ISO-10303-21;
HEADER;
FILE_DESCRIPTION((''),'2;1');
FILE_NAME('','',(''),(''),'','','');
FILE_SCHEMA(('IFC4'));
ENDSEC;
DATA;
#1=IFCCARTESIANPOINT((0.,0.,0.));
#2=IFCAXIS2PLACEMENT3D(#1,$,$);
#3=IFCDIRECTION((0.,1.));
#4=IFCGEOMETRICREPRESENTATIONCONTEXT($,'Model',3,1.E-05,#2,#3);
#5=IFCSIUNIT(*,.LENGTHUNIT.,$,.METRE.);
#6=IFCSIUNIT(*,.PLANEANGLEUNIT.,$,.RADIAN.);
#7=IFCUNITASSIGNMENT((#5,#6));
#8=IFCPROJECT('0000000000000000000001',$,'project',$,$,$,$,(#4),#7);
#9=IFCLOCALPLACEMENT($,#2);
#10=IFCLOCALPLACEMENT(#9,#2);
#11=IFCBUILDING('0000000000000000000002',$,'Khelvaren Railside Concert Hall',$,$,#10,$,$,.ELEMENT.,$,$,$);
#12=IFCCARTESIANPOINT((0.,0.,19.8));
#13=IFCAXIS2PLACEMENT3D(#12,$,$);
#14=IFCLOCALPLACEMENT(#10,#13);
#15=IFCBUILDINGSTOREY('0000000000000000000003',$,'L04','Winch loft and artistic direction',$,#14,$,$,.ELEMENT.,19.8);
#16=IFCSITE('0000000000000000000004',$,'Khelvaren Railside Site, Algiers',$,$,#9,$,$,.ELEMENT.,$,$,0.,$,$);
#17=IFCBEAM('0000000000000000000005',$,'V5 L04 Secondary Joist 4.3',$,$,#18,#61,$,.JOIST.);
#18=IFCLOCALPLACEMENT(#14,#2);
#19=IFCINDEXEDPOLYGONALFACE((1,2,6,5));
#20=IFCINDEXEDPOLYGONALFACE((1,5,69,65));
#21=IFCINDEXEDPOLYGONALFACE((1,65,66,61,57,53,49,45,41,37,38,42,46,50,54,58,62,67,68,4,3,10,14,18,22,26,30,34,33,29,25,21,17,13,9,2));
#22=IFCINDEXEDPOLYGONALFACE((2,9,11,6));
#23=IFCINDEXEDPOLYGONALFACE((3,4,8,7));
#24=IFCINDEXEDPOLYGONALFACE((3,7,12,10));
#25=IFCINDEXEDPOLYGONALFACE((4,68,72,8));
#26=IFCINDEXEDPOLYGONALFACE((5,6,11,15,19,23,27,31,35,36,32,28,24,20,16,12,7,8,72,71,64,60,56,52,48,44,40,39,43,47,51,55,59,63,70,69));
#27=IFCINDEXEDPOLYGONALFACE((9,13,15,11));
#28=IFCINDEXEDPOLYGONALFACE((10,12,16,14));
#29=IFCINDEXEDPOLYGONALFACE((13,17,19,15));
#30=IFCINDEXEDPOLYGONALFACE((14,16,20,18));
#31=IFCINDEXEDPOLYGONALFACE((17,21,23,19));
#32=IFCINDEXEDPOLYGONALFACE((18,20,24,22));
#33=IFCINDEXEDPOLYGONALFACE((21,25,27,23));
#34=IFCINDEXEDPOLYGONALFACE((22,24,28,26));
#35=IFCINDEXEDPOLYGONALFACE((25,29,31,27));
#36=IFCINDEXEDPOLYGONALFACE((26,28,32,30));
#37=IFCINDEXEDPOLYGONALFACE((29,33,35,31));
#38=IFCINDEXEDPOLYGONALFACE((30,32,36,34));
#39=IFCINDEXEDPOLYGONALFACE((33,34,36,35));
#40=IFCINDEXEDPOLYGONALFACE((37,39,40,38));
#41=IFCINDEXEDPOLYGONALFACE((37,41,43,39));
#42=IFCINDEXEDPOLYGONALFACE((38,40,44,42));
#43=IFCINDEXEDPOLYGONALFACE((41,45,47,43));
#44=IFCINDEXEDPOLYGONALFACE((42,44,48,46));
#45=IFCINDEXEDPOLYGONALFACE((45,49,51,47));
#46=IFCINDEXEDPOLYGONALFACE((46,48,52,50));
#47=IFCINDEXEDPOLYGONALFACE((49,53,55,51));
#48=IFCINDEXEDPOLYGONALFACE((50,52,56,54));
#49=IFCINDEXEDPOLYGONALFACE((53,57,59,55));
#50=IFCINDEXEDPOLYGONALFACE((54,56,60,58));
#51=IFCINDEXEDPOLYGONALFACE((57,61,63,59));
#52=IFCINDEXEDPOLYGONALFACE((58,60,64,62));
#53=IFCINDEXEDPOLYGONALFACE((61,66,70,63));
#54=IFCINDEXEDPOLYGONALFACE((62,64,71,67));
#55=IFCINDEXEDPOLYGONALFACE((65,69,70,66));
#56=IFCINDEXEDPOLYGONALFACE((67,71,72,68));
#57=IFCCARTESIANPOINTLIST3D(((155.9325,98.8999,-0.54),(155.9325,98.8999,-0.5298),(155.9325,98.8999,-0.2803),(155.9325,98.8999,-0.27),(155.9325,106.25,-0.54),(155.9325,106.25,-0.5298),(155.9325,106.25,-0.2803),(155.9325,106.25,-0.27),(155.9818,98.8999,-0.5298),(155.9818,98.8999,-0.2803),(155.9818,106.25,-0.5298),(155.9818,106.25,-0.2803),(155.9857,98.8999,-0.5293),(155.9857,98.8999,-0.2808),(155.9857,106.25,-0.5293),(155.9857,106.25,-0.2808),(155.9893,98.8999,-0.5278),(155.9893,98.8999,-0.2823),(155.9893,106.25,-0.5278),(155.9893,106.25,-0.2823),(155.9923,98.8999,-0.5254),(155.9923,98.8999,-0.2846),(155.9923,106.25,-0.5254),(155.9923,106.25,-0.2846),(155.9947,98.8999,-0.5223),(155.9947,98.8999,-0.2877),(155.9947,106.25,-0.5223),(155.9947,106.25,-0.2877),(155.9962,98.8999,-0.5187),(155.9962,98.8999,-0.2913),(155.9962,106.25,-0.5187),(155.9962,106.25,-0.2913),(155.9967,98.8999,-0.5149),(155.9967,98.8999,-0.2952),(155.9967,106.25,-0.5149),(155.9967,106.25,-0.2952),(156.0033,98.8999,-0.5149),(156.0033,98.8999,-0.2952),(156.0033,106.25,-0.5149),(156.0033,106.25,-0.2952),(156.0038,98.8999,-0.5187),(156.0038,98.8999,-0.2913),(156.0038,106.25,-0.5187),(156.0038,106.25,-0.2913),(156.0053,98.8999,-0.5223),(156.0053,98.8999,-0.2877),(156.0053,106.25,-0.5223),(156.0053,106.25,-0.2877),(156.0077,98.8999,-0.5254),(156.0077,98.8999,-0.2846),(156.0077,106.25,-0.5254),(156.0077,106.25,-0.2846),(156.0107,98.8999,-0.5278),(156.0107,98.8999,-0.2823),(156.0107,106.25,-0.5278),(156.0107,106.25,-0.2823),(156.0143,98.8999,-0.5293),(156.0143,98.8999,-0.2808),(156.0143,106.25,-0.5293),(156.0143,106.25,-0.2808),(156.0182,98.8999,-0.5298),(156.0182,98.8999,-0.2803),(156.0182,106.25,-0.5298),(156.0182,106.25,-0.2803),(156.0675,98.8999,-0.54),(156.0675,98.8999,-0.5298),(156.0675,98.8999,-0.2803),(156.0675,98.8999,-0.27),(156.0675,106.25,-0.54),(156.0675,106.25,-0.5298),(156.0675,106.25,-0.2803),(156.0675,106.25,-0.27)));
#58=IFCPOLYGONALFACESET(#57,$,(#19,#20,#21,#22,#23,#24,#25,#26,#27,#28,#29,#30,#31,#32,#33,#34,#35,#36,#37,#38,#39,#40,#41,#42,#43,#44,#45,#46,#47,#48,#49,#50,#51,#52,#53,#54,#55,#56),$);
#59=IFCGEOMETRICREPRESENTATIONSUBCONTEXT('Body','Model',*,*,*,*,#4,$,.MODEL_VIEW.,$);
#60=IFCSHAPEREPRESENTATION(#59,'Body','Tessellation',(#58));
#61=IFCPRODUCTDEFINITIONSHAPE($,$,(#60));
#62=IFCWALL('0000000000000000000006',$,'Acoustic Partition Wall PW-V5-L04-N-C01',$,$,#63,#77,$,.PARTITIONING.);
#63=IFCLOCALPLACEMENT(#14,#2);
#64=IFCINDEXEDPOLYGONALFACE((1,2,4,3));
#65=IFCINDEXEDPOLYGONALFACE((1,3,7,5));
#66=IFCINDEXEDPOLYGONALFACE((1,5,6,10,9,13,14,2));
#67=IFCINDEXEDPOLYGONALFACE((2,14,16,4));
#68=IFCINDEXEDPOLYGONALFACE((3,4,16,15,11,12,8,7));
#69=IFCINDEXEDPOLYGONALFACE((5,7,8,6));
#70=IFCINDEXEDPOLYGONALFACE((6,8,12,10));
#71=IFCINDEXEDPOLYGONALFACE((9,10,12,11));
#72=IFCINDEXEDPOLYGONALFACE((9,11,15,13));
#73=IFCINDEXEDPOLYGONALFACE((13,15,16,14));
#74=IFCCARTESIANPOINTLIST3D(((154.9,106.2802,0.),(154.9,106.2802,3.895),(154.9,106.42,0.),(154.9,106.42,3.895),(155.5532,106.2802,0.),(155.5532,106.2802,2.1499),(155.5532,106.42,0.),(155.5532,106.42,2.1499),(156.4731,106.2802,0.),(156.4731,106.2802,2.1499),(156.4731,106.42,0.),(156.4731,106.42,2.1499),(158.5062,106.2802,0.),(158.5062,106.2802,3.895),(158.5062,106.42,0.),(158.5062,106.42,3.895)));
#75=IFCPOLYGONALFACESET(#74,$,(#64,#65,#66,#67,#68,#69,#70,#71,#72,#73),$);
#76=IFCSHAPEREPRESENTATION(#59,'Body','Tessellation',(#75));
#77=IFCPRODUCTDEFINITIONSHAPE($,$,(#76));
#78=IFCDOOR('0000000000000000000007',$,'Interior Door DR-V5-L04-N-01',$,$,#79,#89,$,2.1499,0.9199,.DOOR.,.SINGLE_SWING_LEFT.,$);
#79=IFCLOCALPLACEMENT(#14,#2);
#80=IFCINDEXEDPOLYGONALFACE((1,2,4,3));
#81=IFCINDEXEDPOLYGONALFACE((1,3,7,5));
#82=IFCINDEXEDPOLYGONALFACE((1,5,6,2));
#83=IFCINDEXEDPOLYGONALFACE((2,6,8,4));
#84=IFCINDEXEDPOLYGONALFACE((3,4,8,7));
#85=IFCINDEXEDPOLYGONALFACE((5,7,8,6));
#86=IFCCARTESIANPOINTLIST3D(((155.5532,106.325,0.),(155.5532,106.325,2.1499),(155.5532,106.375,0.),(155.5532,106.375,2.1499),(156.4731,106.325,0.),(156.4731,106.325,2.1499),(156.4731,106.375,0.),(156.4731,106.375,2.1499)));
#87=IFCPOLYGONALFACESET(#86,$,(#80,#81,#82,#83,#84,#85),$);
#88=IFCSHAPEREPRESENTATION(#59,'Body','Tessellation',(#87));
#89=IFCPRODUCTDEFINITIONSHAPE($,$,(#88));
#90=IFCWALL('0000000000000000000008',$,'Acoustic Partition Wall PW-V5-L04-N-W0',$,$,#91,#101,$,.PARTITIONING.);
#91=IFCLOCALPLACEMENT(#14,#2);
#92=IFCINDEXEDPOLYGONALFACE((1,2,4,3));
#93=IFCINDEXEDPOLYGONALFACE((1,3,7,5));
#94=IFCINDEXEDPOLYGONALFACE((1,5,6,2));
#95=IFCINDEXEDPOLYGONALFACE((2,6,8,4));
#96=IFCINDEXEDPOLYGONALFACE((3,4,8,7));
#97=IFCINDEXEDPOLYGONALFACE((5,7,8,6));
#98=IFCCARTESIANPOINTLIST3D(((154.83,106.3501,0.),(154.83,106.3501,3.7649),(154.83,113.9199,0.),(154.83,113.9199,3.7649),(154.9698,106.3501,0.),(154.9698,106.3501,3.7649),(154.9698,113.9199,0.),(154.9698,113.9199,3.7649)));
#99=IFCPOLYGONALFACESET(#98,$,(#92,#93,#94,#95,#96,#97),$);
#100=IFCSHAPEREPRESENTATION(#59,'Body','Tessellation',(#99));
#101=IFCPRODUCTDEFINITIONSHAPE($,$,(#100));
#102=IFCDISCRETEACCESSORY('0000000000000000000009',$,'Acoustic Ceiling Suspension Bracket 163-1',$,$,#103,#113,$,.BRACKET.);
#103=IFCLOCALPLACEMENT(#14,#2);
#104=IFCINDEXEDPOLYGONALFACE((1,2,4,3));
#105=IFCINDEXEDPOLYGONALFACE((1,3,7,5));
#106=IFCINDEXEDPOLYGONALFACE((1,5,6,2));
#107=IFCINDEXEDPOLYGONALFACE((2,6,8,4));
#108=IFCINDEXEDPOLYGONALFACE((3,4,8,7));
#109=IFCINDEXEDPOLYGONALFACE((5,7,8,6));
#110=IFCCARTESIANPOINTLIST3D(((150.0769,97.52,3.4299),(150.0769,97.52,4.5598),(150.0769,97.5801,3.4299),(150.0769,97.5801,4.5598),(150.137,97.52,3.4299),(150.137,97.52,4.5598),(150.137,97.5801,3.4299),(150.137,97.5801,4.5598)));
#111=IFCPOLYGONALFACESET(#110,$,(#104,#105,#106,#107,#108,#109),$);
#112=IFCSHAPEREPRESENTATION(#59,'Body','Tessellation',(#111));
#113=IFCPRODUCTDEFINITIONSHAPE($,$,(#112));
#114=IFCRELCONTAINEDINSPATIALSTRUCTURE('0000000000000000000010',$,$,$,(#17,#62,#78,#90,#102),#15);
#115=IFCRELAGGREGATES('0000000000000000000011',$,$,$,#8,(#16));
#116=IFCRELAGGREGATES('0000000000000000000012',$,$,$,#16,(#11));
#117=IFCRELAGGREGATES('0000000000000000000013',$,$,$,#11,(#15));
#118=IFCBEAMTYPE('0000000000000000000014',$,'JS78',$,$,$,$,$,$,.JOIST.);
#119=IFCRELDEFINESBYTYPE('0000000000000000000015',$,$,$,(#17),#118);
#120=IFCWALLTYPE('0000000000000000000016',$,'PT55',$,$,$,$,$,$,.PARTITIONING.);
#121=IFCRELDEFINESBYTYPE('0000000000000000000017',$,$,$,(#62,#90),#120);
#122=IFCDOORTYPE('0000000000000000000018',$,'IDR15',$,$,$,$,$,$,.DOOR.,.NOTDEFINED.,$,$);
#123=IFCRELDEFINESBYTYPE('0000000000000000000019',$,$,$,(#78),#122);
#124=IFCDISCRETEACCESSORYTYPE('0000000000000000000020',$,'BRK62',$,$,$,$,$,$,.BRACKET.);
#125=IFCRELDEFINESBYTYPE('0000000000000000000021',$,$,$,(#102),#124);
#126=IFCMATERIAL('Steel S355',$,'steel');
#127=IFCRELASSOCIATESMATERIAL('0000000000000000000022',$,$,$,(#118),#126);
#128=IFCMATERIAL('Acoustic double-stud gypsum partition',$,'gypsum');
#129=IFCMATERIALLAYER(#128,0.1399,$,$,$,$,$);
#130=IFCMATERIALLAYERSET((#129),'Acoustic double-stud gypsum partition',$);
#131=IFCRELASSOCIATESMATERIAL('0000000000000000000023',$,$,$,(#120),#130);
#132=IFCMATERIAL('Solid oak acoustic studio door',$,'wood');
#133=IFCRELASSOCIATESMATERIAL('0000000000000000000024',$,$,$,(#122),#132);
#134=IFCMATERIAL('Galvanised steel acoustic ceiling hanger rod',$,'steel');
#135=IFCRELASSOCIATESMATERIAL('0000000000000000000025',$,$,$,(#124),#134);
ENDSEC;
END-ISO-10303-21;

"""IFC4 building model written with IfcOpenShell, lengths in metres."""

from ifc_helpers import new_model, si_unit, direction, frame, frame_2d, origin, origin_2d, place, context, subcontext, project, spatial, rectangle, i_section, extrude, material, layer, layer_set, material_profile, profile_set, type_object, element, fill, save


model = new_model("IFC4")

# Units and contexts
model_context = context("Model", 3, precision=1e-05, world=origin(), true_north=direction((0.0, 1.0)))
body_context = subcontext(model_context, "Body", "Model", "MODEL_VIEW")
ifc_project = project(units=[si_unit("LENGTHUNIT", "METRE"), si_unit("PLANEANGLEUNIT", "RADIAN")], contexts=[model_context])

# Site, building, storey
site_placement = place(None, origin())
site = spatial("IfcSite", under=ifc_project, at=site_placement, Name="Khelvaren Railside Site, Algiers", CompositionType="ELEMENT", RefElevation=0.0)
building_placement = place(site_placement, origin())
building = spatial("IfcBuilding", under=site, at=building_placement, Name="Khelvaren Railside Concert Hall", CompositionType="ELEMENT")
storey_placement = place(building_placement, frame((0.0, 0.0, 19.8)))
storey = spatial("IfcBuildingStorey", under=building, at=storey_placement, Name="L04", Description="Winch loft and artistic direction", CompositionType="ELEMENT", Elevation=19.8)

# Shared definitions
ifc_material_1 = material(Name="Steel S355", Category="steel")

# Beam
ifc_material_profile_1 = material_profile(ifc_material_1, i_section(OverallWidth=0.135, OverallDepth=0.27, WebThickness=0.0066, FlangeThickness=0.0103, FilletRadius=0.0149, at=origin_2d()), Name="IPE 270")
ifc_profile_set_1 = profile_set([ifc_material_profile_1], Name="Steel S355")
beam_type_1 = type_object("IfcBeamType", Name="JS78", PredefinedType="JOIST", material=ifc_profile_set_1)
beam_1_placement = place(storey_placement, frame((156.0, 98.8999, -0.405), z_axis=(0.0, 1.0, 0.0), x_axis=(-1.0, 0.0, 0.0)))
element("IfcBeam", 1, at=beam_1_placement, inside=storey, type_object=beam_type_1, Name="V5 L04 Secondary Joist 4.3", PredefinedType="JOIST", context=body_context, shape_type="SweptSolid", body=[
    extrude(i_section(OverallWidth=0.135, OverallDepth=0.27, WebThickness=0.0066, FlangeThickness=0.0103, FilletRadius=0.0149, at=origin_2d()), origin(), (0.0, 0.0, 1.0), 7.3501),
])

# Wall, opening, door
ifc_material_2 = material(Name="Acoustic double-stud gypsum partition", Category="gypsum")
ifc_layer = layer(ifc_material_2, 0.1399)
ifc_layer_set = layer_set([ifc_layer], Name="Acoustic double-stud gypsum partition")
wall_type = type_object("IfcWallType", Name="PT55", PredefinedType="PARTITIONING", material=ifc_layer_set)
wall_1_placement = place(storey_placement, frame((154.8999, 106.3501, 0.0), z_axis=(0.0, 0.0, 1.0), x_axis=(1.0, 0.0, 0.0)))
wall_1 = element("IfcWall", 2, at=wall_1_placement, inside=storey, type_object=wall_type, Name="Acoustic Partition Wall PW-V5-L04-N-C01", PredefinedType="PARTITIONING", context=body_context, shape_type="SweptSolid", body=[
    extrude(rectangle(XDim=3.6062, YDim=0.1399, at=frame_2d((1.8032, 0.0))), origin(), (0.0, 0.0, 1.0), 3.895),
])
opening_placement = place(wall_1_placement, frame((0.6533, 0.0, 0.0)))
opening = element("IfcOpeningElement", 3, at=opening_placement, cuts=wall_1, PredefinedType="OPENING", context=body_context, shape_type="SweptSolid", body=[
    extrude(rectangle(XDim=0.9199, YDim=2.1499, at=frame_2d((0.46, 1.075))), frame((0.0, 0.0798, 0.0), z_axis=(0.0, -1.0, 0.0), x_axis=(1.0, 0.0, 0.0)), (0.0, 0.0, 1.0), 0.1599),
])
ifc_material_3 = material(Name="Solid oak acoustic studio door", Category="wood")
door_type = type_object("IfcDoorType", Name="IDR15", OperationType="NOTDEFINED", PredefinedType="DOOR", material=ifc_material_3)
door_placement = place(opening_placement, origin())
door = element("IfcDoor", 4, at=door_placement, inside=storey, type_object=door_type, Name="Interior Door DR-V5-L04-N-01", OperationType="SINGLE_SWING_LEFT", OverallHeight=2.1499, OverallWidth=0.9199, PredefinedType="DOOR", context=body_context, shape_type="SweptSolid", body=[
    extrude(rectangle(XDim=0.9199, YDim=2.1499, at=frame_2d((0.46, 1.075))), frame((0.0, 0.0249, 0.0), z_axis=(0.0, -1.0, 0.0), x_axis=(1.0, 0.0, 0.0)), (0.0, 0.0, 1.0), 0.05),
])
fill(opening, door)

# Wall
wall_2_placement = place(storey_placement, frame((154.8999, 106.3501, 0.0), z_axis=(0.0, 0.0, 1.0), x_axis=(0.0, 1.0, 0.0)))
element("IfcWall", 5, at=wall_2_placement, inside=storey, type_object=wall_type, Name="Acoustic Partition Wall PW-V5-L04-N-W0", PredefinedType="PARTITIONING", context=body_context, shape_type="SweptSolid", body=[
    extrude(rectangle(XDim=7.5698, YDim=0.1399, at=frame_2d((3.7849, 0.0))), origin(), (0.0, 0.0, 1.0), 3.7649),
])

# Discrete accessory
ifc_material_4 = material(Name="Galvanised steel acoustic ceiling hanger rod", Category="steel")
discrete_accessory_type = type_object("IfcDiscreteAccessoryType", Name="BRK62", PredefinedType="BRACKET", material=ifc_material_4)
discrete_accessory_placement = place(storey_placement, frame((150.1069, 97.55, 3.4299), z_axis=(0.0, 0.0, 1.0), x_axis=(1.0, 0.0, 0.0)))
element("IfcDiscreteAccessory", 6, at=discrete_accessory_placement, inside=storey, type_object=discrete_accessory_type, Name="Acoustic Ceiling Suspension Bracket 163-1", PredefinedType="BRACKET", context=body_context, shape_type="SweptSolid", body=[
    extrude(rectangle(XDim=0.0601, YDim=0.0601, at=origin_2d()), origin(), (0.0, 0.0, 1.0), 1.1299),
])

save(model, "model.ifc")
